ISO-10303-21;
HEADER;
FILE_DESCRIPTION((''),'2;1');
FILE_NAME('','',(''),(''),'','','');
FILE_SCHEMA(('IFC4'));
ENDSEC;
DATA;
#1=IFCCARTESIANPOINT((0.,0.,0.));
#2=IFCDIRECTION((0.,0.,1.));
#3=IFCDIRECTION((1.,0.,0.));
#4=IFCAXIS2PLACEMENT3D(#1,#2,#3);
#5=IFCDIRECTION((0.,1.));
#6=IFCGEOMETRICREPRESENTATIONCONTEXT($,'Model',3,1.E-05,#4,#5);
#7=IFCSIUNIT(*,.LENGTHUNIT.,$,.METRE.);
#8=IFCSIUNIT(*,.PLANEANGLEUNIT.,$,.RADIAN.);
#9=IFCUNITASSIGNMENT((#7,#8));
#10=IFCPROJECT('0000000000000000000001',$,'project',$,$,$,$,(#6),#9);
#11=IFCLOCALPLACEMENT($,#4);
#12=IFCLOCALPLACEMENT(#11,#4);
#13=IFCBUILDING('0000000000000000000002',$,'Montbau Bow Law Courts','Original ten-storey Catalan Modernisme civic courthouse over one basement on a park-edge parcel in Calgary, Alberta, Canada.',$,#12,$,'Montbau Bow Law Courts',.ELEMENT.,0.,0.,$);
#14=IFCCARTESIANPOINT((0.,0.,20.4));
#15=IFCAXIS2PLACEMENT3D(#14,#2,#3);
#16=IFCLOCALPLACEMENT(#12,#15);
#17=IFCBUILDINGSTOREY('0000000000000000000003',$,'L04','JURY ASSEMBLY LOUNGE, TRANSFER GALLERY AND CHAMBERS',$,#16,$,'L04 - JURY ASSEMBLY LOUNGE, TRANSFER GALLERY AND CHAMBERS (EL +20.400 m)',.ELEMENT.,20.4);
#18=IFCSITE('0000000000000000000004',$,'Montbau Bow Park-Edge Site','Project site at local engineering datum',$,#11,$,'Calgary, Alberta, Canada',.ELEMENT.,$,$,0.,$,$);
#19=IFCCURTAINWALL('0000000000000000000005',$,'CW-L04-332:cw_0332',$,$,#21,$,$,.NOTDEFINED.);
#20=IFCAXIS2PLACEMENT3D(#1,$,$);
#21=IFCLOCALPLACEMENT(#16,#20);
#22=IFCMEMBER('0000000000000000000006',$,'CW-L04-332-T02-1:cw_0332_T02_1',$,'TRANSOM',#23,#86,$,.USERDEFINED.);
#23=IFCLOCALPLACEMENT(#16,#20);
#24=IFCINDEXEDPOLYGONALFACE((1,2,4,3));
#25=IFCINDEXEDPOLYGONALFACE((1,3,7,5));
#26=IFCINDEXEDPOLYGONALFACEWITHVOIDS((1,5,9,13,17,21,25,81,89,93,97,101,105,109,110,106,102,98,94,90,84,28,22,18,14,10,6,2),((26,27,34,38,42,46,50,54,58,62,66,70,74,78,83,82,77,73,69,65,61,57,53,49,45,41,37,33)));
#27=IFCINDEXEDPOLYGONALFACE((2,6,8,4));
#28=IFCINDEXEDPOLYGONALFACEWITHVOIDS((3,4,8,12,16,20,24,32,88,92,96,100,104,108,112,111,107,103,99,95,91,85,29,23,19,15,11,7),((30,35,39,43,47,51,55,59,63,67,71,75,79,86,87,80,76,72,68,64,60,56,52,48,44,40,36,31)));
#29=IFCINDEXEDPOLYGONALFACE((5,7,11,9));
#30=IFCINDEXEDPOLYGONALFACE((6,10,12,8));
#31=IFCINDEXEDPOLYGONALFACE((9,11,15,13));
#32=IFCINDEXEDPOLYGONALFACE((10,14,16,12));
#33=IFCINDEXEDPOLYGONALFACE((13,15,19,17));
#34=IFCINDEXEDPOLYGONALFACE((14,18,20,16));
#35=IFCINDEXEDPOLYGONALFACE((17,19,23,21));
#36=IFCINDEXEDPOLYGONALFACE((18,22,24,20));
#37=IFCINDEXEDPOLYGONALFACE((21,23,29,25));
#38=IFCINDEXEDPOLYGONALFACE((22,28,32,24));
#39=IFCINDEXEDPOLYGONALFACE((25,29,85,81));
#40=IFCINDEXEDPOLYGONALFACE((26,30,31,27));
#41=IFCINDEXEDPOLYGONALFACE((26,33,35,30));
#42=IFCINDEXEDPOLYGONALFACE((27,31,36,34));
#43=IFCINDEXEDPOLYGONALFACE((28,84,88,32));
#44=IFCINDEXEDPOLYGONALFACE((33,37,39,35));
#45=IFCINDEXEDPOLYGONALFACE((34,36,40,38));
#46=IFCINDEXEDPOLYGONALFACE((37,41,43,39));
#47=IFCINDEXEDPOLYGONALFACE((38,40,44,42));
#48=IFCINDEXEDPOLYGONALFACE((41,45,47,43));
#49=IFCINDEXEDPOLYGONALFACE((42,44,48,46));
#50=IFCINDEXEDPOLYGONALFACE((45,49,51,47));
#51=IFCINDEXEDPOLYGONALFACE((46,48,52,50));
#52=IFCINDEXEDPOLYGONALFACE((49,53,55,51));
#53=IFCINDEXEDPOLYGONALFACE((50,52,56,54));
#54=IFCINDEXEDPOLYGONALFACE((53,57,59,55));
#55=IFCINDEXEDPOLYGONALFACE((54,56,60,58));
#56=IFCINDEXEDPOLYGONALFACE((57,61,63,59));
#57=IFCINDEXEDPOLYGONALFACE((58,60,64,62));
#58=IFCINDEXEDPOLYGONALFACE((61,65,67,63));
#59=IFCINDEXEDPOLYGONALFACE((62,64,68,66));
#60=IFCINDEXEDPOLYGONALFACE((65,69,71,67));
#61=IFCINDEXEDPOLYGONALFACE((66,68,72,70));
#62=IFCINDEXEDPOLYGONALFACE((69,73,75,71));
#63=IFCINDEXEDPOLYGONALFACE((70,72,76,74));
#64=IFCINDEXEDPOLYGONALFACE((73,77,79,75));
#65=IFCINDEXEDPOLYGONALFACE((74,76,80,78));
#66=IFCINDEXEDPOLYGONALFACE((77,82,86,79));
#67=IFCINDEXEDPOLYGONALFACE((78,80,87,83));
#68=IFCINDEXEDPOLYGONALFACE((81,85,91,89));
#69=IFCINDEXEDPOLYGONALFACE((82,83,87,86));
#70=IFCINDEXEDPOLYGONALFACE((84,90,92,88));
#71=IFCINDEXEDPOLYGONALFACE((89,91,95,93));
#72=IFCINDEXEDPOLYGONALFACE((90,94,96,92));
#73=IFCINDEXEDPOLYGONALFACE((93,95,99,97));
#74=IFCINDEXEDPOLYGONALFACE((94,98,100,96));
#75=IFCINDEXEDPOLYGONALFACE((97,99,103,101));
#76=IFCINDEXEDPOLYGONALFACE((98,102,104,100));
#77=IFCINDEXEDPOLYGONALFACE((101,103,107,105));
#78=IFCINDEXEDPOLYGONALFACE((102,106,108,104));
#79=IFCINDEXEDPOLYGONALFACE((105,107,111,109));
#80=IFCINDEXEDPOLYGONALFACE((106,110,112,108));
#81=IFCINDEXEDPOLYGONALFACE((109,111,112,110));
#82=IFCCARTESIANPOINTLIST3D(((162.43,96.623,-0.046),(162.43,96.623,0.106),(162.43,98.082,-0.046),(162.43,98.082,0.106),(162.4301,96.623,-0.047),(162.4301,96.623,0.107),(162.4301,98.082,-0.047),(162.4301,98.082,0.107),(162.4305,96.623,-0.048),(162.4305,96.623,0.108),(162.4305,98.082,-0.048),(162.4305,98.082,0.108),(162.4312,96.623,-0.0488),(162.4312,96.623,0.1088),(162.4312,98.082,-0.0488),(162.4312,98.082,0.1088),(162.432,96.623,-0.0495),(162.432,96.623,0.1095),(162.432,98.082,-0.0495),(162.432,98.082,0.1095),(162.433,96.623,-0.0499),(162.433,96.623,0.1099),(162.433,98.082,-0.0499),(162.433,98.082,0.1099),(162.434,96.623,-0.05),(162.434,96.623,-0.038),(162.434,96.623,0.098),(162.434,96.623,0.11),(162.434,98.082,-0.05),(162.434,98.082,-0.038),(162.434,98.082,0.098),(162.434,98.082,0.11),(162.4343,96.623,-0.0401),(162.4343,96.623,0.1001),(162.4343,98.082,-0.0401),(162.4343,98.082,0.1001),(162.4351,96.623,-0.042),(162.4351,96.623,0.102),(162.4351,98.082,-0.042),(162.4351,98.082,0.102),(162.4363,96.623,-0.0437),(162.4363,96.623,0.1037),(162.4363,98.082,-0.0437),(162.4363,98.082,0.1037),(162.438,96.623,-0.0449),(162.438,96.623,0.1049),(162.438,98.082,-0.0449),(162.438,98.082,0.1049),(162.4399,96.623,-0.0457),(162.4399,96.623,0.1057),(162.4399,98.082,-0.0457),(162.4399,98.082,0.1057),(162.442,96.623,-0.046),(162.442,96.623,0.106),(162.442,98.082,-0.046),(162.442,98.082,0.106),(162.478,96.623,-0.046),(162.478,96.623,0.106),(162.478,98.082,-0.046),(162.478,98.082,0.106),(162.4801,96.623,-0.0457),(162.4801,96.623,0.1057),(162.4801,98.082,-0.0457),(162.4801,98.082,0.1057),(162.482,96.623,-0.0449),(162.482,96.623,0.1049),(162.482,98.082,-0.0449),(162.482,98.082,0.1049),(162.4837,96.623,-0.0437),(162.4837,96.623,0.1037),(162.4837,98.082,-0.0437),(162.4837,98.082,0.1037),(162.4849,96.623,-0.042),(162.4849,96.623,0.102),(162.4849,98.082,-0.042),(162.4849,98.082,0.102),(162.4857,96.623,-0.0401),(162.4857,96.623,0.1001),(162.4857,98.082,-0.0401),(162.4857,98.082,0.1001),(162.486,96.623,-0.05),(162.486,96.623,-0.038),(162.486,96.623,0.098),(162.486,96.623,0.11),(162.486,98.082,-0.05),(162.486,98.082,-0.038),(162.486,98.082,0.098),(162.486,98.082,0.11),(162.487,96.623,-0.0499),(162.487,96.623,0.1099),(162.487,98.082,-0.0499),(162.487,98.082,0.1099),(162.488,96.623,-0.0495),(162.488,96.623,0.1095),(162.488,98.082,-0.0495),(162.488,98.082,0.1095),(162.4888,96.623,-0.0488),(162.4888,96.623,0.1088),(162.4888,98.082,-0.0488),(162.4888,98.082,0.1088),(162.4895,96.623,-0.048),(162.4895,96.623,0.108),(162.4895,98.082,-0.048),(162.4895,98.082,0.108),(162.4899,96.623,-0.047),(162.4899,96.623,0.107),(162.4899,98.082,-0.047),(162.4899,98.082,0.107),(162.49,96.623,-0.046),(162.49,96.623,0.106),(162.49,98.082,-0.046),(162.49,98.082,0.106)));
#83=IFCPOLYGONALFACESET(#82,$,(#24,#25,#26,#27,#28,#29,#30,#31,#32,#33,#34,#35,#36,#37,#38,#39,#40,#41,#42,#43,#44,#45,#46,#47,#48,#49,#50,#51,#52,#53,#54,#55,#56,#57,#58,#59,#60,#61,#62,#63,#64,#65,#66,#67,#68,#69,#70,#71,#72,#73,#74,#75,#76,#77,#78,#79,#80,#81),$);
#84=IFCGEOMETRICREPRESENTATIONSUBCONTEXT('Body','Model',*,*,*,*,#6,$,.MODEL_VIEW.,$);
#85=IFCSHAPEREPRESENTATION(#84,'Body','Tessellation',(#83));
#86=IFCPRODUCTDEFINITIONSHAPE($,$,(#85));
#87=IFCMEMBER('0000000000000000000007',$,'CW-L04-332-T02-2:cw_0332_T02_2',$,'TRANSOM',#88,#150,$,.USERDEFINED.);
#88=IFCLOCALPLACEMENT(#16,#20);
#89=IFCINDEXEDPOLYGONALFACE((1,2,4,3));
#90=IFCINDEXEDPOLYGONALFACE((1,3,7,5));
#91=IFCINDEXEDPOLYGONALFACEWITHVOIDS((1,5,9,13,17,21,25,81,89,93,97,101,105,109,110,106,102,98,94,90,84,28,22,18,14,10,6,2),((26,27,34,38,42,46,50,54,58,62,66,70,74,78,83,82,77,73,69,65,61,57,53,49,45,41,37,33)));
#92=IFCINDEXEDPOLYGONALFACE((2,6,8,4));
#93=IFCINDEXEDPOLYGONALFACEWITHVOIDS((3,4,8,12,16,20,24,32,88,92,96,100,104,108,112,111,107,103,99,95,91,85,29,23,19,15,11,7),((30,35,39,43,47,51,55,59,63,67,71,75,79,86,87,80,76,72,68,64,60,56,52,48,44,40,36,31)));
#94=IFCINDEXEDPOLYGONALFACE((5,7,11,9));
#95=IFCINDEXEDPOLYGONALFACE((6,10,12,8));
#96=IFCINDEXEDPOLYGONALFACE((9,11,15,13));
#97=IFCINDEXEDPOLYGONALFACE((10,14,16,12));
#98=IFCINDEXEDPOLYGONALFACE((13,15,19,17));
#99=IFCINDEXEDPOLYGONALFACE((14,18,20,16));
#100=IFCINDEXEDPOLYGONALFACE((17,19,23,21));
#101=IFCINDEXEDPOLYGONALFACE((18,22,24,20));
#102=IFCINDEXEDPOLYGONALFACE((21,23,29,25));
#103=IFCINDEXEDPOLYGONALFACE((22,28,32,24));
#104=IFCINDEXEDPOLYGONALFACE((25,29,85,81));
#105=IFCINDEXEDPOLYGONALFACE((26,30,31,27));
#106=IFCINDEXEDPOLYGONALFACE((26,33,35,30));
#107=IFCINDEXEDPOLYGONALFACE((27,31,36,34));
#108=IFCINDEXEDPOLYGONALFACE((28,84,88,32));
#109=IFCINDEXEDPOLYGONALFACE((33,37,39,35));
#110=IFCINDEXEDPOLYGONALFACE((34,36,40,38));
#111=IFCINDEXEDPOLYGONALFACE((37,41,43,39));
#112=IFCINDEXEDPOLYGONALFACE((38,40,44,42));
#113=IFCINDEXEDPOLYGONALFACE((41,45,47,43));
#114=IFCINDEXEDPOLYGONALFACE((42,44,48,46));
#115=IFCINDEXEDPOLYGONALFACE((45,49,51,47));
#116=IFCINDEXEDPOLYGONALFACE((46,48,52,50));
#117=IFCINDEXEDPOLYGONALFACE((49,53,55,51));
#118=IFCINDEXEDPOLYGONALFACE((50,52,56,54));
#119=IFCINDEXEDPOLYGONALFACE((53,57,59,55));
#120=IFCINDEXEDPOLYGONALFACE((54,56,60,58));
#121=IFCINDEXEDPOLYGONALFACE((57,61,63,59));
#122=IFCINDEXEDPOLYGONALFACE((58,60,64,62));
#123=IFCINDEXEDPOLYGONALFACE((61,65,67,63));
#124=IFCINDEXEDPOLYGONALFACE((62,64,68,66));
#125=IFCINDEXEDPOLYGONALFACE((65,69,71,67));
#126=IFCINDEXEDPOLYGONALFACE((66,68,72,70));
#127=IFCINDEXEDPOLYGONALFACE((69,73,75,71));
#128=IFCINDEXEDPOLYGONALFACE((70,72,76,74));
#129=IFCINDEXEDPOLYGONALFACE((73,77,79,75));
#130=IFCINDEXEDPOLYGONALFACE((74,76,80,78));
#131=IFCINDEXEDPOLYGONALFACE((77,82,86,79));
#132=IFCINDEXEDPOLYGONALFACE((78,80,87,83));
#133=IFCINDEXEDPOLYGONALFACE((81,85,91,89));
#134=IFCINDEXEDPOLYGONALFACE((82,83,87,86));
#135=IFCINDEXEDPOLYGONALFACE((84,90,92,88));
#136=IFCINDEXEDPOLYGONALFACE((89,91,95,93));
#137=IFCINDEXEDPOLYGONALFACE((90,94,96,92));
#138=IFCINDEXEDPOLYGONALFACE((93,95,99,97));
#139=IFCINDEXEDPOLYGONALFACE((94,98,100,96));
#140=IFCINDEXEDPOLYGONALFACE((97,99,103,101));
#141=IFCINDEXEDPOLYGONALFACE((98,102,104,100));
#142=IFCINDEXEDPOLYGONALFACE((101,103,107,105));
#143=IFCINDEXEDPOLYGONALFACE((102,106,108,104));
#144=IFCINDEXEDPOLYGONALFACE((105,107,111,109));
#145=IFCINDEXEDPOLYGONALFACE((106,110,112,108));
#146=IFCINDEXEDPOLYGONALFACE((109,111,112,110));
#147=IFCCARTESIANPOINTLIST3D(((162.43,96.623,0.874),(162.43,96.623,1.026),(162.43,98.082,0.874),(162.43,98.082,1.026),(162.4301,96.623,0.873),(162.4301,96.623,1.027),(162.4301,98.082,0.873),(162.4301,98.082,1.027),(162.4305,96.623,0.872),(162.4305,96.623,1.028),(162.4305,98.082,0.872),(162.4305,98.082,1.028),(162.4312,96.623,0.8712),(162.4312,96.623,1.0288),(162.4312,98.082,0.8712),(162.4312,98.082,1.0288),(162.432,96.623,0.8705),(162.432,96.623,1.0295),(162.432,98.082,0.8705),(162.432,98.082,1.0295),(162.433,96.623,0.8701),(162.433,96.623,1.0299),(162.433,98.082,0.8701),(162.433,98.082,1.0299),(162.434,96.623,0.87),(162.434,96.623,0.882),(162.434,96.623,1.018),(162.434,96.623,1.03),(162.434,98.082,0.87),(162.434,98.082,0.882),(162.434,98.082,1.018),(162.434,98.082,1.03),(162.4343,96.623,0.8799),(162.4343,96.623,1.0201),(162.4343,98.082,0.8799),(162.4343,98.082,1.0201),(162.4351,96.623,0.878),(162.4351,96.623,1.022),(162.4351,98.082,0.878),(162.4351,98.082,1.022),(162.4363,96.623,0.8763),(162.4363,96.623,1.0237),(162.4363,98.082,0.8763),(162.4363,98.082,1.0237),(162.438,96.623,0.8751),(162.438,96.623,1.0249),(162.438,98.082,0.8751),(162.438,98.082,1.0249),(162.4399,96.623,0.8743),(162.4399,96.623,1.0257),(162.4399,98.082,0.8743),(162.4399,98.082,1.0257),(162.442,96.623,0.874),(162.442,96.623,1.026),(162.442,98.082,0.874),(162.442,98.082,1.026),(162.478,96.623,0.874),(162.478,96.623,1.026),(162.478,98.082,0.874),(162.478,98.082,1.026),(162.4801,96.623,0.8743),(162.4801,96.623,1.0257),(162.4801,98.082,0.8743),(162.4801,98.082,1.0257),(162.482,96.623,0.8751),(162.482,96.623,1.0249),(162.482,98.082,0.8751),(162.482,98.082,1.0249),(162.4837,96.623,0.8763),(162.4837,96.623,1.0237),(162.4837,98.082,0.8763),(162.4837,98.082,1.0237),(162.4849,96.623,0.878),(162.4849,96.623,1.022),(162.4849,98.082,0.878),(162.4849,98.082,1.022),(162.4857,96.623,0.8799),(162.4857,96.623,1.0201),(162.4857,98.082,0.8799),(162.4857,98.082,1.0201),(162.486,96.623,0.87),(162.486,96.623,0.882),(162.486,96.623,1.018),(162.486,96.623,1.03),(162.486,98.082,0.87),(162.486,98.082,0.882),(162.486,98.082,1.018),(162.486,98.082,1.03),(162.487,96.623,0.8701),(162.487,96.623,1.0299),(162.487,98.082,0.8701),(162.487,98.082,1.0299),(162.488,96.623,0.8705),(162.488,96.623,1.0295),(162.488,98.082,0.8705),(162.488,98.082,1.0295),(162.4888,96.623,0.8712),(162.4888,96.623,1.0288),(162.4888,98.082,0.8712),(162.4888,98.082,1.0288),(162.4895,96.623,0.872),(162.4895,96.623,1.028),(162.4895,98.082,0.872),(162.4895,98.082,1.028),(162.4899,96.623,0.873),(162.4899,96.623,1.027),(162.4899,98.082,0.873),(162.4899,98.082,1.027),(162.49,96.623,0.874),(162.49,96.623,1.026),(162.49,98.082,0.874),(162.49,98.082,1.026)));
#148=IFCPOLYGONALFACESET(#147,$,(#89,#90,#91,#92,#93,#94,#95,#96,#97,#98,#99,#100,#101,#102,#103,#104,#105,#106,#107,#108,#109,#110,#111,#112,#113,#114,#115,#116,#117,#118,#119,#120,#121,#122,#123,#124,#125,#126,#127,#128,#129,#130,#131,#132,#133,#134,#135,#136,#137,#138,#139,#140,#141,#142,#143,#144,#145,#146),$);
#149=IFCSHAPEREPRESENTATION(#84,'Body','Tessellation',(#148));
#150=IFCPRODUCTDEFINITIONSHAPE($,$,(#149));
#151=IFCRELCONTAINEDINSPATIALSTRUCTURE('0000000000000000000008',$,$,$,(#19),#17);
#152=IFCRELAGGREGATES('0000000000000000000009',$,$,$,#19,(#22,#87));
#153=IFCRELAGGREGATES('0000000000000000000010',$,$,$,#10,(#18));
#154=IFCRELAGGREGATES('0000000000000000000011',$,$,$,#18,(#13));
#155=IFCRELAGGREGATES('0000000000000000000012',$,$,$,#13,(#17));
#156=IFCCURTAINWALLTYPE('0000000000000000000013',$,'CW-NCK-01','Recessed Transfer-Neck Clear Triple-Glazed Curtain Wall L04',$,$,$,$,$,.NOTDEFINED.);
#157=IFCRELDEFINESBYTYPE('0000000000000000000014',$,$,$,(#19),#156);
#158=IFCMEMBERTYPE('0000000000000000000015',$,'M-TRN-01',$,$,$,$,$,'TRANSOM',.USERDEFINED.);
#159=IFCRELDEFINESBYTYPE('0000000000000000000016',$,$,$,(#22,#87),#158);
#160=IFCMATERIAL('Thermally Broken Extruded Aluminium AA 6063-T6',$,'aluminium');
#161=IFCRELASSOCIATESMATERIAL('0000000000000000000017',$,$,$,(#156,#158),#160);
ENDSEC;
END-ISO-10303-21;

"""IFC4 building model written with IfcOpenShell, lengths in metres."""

from ifc_helpers import new_model, si_unit, direction, frame, origin_with_axes, origin_2d_with_axis, place, context, subcontext, project, spatial, hollow_rectangle, extrude, material, material_profile, profile_set, type_object, element, aggregate, save


model = new_model("IFC4")

# Units and contexts
model_context = context("Model", 3, precision=1e-05, world=origin_with_axes(), true_north=direction((0.0, 1.0)))
body_context = subcontext(model_context, "Body", "Model", "MODEL_VIEW")
ifc_project = project(units=[si_unit("LENGTHUNIT", "METRE"), si_unit("PLANEANGLEUNIT", "RADIAN")], contexts=[model_context])

# Site, building, storey
site_placement = place(None, origin_with_axes())
site = spatial("IfcSite", under=ifc_project, at=site_placement, Name="Montbau Bow Park-Edge Site", Description="Project site at local engineering datum", LongName="Calgary, Alberta, Canada", CompositionType="ELEMENT", RefElevation=0.0)
building_placement = place(site_placement, origin_with_axes())
building = spatial("IfcBuilding", under=site, at=building_placement, Name="Montbau Bow Law Courts", Description="Original ten-storey Catalan Modernisme civic courthouse over one basement on a park-edge parcel in Calgary, Alberta, Canada.", LongName="Montbau Bow Law Courts", CompositionType="ELEMENT", ElevationOfRefHeight=0.0, ElevationOfTerrain=0.0)
storey_placement = place(building_placement, frame((0.0, 0.0, 20.4), z_axis=(0.0, 0.0, 1.0), x_axis=(1.0, 0.0, 0.0)))
storey = spatial("IfcBuildingStorey", under=building, at=storey_placement, Name="L04", Description="JURY ASSEMBLY LOUNGE, TRANSFER GALLERY AND CHAMBERS", LongName="L04 - JURY ASSEMBLY LOUNGE, TRANSFER GALLERY AND CHAMBERS (EL +20.400 m)", CompositionType="ELEMENT", Elevation=20.4)

# Curtain wall, members
ifc_material_1 = material(Name="Thermally Broken Extruded Aluminium AA 6063-T6", Category="aluminium")
curtain_wall_type = type_object("IfcCurtainWallType", Name="CW-NCK-01", Description="Recessed Transfer-Neck Clear Triple-Glazed Curtain Wall L04", PredefinedType="NOTDEFINED", material=ifc_material_1)
curtain_wall_placement = place(None, frame((162.46, 95.067, 20.4), z_axis=(0.0, 0.0, 1.0), x_axis=(1.0, 0.0, 0.0)))
curtain_wall = element("IfcCurtainWall", 1, at=curtain_wall_placement, inside=storey, type_object=curtain_wall_type, Name="CW-L04-332:cw_0332", PredefinedType="NOTDEFINED")
ifc_material_profile_1 = material_profile(ifc_material_1, hollow_rectangle(XDim=0.06, YDim=0.16, WallThickness=0.004, InnerFilletRadius=0.008, OuterFilletRadius=0.004, at=origin_2d_with_axis()), Name="CWT-160X60", Category="Main", Priority=0)
ifc_profile_set_1 = profile_set([ifc_material_profile_1], Name="Thermally Broken Extruded Aluminium AA 6063-T6")
member_type_1 = type_object("IfcMemberType", Name="M-TRN-01", ElementType="TRANSOM", PredefinedType="USERDEFINED", material=ifc_profile_set_1)
member_1_placement = place(None, frame((162.46, 96.623, 20.43), z_axis=(0.0, 1.0, 0.0), x_axis=(-1.0, 0.0, 0.0)))
member_1 = element("IfcMember", 2, at=member_1_placement, type_object=member_type_1, Name="CW-L04-332-T02-1:cw_0332_T02_1", ObjectType="TRANSOM", PredefinedType="USERDEFINED", context=body_context, shape_type="SweptSolid", body=[
    extrude(hollow_rectangle(XDim=0.06, YDim=0.16, WallThickness=0.004, InnerFilletRadius=0.008, OuterFilletRadius=0.004, at=origin_2d_with_axis()), origin_with_axes(), (0.0, 0.0, 1.0), 1.459),
])
member_2_placement = place(None, frame((162.46, 96.623, 21.35), z_axis=(0.0, 1.0, 0.0), x_axis=(-1.0, 0.0, 0.0)))
member_2 = element("IfcMember", 3, at=member_2_placement, type_object=member_type_1, Name="CW-L04-332-T02-2:cw_0332_T02_2", ObjectType="TRANSOM", PredefinedType="USERDEFINED", context=body_context, shape_type="SweptSolid", body=[
    extrude(hollow_rectangle(XDim=0.06, YDim=0.16, WallThickness=0.004, InnerFilletRadius=0.008, OuterFilletRadius=0.004, at=origin_2d_with_axis()), origin_with_axes(), (0.0, 0.0, 1.0), 1.459),
])
aggregate(curtain_wall, [member_1, member_2])

save(model, "model.ifc")
